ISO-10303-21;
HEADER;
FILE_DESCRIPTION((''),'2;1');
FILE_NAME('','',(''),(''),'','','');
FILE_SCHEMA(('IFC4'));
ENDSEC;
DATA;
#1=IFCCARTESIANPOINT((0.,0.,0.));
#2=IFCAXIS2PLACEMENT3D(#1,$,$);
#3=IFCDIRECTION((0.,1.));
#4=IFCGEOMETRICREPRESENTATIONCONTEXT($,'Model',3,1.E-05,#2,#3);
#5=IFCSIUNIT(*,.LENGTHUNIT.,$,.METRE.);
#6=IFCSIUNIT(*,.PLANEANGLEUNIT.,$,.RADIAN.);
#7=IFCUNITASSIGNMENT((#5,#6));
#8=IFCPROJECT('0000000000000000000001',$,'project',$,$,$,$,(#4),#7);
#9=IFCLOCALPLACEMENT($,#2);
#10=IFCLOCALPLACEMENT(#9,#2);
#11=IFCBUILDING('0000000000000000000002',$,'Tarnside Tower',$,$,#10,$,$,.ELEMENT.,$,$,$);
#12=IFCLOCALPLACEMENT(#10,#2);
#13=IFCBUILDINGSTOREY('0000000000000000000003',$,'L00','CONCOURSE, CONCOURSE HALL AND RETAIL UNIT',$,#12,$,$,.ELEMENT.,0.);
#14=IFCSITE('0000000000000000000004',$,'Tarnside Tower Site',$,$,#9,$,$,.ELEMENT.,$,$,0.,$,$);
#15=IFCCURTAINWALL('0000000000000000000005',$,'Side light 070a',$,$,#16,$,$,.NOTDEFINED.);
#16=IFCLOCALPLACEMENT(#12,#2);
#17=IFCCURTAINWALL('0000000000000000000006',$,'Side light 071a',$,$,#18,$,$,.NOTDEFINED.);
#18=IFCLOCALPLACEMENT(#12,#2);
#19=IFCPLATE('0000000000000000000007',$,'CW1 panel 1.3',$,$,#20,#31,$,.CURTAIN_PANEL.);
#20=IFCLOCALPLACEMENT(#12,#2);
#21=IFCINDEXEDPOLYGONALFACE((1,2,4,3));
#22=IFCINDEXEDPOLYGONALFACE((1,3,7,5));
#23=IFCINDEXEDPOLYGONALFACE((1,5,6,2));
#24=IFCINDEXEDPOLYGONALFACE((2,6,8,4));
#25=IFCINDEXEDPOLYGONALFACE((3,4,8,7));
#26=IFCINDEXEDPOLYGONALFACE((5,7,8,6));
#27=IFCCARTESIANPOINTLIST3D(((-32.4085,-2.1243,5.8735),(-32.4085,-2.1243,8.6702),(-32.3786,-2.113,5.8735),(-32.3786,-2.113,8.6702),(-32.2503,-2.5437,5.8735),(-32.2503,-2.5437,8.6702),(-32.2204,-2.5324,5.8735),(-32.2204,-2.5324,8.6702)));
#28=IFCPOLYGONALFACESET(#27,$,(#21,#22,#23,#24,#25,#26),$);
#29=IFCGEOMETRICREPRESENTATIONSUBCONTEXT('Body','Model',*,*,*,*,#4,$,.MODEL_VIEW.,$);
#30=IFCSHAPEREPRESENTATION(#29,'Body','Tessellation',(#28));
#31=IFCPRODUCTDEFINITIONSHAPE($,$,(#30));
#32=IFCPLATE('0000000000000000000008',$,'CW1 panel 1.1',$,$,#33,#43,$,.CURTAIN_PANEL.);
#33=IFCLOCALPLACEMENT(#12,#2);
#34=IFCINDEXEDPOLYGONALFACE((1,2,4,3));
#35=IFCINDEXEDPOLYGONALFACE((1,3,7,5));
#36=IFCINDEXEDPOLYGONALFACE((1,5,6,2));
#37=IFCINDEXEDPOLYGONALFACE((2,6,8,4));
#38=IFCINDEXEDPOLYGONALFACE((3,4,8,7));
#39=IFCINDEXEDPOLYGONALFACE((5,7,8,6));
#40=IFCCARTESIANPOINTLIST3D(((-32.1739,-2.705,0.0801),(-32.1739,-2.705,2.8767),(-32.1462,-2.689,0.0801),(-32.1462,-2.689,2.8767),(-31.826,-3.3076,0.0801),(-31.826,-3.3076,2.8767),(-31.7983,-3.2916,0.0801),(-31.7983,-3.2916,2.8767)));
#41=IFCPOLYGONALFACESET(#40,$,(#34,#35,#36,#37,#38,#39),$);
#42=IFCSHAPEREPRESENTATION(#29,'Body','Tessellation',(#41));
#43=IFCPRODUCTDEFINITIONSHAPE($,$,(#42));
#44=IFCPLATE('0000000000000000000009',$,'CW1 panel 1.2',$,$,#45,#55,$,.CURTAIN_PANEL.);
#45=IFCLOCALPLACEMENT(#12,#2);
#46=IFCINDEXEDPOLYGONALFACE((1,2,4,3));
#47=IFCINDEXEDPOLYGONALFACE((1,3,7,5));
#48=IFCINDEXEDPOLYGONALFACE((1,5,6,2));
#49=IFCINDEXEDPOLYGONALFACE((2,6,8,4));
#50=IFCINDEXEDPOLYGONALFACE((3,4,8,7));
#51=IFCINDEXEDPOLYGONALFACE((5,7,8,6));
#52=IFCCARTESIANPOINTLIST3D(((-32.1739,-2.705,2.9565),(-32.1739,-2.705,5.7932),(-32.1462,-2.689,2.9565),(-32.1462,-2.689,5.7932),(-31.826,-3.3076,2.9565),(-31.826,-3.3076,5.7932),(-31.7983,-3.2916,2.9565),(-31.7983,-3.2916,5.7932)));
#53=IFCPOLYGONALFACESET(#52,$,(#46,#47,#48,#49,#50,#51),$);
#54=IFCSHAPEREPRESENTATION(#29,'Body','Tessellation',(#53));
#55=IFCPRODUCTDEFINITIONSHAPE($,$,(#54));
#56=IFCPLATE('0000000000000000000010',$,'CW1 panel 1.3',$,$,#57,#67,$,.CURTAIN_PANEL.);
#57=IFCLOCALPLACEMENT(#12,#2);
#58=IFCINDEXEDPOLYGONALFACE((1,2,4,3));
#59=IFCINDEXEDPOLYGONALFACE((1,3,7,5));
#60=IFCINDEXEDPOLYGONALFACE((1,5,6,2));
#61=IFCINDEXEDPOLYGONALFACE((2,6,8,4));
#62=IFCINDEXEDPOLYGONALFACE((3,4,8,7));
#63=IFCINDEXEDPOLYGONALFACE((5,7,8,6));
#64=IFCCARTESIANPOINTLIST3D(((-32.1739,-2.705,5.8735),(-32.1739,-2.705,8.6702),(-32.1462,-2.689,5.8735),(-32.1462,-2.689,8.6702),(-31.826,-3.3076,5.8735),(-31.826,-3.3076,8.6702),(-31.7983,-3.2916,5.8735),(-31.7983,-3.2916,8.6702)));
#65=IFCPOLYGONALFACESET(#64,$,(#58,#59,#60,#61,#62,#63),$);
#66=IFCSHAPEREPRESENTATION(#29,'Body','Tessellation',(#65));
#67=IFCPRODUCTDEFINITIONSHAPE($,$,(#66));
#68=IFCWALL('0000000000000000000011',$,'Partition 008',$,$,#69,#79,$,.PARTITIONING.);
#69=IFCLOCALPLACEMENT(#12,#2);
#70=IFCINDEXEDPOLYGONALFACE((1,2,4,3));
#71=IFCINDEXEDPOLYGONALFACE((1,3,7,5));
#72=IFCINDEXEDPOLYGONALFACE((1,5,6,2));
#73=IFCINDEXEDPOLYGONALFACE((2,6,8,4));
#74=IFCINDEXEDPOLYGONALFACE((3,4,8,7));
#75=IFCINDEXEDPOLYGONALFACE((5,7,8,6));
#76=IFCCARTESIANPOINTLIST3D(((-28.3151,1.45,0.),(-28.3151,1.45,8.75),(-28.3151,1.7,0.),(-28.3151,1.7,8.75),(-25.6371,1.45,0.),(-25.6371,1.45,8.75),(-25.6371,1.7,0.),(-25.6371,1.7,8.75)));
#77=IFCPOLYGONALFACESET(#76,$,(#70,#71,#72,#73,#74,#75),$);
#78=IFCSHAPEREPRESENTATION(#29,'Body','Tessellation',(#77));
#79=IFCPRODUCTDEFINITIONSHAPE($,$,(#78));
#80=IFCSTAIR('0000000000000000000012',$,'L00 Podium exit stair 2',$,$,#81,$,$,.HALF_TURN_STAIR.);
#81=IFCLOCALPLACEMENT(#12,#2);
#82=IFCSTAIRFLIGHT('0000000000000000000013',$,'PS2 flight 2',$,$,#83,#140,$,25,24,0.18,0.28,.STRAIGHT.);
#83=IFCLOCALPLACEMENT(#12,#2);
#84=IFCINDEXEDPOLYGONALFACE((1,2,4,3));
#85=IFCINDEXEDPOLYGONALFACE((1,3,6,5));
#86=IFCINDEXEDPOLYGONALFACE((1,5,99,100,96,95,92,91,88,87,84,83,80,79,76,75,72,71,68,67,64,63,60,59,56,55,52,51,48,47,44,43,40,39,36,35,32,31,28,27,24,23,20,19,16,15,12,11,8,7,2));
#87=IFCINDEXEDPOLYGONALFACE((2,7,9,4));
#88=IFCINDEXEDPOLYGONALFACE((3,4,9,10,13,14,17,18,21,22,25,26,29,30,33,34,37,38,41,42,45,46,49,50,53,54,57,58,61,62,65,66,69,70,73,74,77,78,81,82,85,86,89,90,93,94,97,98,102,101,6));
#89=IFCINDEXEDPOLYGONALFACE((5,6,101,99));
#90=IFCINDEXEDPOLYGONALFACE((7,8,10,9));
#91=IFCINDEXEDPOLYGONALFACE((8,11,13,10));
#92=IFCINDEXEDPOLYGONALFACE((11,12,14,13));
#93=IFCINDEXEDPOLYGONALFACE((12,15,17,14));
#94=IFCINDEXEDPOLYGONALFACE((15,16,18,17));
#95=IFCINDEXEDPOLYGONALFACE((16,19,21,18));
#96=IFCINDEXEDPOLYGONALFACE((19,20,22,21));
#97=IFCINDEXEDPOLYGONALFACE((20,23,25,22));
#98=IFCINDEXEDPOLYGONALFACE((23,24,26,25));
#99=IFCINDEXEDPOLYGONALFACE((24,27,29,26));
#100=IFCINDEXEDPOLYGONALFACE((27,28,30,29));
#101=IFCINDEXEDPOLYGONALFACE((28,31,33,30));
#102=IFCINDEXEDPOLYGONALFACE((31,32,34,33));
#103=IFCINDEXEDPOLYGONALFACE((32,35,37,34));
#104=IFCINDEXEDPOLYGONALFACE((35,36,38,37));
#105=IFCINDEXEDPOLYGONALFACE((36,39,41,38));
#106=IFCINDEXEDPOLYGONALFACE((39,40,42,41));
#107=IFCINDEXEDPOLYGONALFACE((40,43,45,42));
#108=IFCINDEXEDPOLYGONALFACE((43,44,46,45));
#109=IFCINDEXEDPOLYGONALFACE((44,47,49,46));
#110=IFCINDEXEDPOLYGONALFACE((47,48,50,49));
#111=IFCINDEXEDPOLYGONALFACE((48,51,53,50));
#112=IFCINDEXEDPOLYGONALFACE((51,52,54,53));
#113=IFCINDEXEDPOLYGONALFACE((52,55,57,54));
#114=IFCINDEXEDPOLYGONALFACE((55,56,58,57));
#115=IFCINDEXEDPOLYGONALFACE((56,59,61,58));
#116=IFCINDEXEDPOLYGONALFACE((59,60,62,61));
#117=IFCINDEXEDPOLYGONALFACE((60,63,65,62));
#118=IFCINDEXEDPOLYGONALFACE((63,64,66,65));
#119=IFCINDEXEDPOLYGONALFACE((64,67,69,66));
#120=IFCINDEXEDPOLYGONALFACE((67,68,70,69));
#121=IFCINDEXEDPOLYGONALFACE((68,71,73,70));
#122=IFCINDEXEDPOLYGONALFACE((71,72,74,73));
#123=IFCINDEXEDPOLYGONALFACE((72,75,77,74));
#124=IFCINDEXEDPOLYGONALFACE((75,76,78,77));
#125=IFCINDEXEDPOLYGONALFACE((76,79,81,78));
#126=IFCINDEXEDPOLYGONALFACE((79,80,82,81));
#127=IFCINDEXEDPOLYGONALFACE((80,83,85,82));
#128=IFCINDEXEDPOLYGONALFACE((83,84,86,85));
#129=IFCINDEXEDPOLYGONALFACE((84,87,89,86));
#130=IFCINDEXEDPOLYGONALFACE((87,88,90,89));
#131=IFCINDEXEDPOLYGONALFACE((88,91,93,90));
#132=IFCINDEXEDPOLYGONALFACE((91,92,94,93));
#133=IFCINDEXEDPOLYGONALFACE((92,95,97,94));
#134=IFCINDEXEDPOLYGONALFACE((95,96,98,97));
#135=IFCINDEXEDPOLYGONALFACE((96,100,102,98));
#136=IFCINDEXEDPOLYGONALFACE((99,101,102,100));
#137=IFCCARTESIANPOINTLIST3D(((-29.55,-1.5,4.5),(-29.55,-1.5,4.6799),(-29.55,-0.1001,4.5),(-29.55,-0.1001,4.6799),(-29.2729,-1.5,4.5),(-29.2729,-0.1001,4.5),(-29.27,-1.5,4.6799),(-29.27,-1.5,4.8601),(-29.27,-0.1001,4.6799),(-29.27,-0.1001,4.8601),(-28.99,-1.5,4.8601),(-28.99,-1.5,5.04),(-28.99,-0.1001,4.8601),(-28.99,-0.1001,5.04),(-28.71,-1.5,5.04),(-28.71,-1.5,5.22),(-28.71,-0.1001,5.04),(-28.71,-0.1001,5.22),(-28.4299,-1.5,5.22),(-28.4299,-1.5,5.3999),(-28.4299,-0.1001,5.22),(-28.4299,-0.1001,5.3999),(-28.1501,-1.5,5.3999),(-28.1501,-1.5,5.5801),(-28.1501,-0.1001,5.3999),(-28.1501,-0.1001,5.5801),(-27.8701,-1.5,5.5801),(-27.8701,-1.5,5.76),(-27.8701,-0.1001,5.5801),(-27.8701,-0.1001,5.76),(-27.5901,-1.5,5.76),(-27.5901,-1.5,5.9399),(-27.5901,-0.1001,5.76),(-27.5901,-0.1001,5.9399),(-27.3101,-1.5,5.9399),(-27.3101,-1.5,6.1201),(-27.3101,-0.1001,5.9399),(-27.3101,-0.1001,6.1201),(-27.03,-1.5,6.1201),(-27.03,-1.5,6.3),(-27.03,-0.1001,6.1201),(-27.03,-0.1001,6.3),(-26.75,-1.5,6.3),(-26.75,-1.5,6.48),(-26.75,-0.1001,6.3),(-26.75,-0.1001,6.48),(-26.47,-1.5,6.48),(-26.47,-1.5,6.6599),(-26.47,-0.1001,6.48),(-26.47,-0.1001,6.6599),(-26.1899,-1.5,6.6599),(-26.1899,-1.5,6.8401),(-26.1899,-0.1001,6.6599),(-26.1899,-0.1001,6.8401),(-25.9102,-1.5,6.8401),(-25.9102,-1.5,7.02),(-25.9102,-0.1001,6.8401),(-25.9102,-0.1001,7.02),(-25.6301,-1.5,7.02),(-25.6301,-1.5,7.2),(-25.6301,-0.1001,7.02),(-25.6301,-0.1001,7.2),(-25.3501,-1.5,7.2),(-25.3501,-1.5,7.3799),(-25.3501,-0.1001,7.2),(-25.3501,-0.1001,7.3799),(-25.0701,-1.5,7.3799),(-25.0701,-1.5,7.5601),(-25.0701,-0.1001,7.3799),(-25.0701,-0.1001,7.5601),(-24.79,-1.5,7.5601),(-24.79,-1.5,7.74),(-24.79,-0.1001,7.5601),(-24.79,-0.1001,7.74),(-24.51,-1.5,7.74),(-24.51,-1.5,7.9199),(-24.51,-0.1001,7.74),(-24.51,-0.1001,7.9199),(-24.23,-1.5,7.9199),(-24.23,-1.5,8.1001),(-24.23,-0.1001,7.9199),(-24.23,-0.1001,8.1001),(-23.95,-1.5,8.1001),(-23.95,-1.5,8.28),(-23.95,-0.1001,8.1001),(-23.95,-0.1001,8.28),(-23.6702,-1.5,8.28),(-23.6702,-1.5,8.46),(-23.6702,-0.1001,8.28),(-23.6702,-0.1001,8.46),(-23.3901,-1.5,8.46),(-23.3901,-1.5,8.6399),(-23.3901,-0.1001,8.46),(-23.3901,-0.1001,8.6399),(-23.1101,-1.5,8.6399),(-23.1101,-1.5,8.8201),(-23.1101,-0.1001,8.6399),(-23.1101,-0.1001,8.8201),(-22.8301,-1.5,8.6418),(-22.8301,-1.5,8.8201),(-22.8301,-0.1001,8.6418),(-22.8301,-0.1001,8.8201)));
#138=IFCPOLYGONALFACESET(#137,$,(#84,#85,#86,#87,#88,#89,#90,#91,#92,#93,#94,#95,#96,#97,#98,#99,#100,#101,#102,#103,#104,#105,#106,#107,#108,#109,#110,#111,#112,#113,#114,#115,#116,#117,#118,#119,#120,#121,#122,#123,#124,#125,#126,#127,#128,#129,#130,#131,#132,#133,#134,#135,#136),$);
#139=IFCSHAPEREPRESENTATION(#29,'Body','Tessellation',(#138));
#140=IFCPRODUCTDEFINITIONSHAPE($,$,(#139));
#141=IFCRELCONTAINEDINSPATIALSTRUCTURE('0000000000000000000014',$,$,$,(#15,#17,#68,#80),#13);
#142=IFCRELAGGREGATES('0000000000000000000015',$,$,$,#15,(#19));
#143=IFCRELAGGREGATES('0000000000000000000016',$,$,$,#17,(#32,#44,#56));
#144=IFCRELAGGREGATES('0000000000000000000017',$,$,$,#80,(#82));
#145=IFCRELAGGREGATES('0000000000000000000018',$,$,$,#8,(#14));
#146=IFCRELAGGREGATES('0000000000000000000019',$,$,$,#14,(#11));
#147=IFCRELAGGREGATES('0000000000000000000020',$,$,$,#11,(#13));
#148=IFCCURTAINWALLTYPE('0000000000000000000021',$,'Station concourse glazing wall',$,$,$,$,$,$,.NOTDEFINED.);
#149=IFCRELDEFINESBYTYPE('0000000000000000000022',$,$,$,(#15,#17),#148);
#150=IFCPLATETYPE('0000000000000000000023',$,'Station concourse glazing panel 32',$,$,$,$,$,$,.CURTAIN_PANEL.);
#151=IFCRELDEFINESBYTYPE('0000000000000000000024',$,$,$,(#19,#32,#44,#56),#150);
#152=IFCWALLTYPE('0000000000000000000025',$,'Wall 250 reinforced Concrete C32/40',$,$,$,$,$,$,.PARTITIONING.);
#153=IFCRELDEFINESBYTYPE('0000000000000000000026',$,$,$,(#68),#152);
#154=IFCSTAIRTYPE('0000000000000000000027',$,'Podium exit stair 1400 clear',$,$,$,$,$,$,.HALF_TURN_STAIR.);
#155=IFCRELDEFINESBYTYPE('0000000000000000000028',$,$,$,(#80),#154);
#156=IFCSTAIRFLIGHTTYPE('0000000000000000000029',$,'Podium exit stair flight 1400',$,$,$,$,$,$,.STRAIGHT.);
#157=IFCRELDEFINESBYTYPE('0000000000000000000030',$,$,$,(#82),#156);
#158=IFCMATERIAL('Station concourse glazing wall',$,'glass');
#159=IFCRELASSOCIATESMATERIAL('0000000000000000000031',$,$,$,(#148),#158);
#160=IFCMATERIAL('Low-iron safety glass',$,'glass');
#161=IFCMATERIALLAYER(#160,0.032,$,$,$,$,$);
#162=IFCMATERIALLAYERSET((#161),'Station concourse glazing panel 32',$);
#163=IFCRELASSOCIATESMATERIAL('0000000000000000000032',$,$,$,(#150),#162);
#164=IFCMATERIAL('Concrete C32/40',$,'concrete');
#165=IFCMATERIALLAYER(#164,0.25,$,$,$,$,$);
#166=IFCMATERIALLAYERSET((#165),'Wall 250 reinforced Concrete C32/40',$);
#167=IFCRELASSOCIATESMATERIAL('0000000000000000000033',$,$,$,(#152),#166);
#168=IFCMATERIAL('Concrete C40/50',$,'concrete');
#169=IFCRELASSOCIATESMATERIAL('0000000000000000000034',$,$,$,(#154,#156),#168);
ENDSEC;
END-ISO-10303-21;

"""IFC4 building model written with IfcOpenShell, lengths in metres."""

from ifc_helpers import new_model, si_unit, direction, frame, frame_2d, origin, origin_2d, place, context, subcontext, project, spatial, polyline, rectangle, outline, extrude, material, layer, layer_set, type_object, element, aggregate, save


model = new_model("IFC4")

# Units and contexts
model_context = context("Model", 3, precision=1e-05, world=origin(), true_north=direction((0.0, 1.0)))
body_context = subcontext(model_context, "Body", "Model", "MODEL_VIEW")
ifc_project = project(units=[si_unit("LENGTHUNIT", "METRE"), si_unit("PLANEANGLEUNIT", "RADIAN")], contexts=[model_context])

# Site, building, storey
site_placement = place(None, origin())
site = spatial("IfcSite", under=ifc_project, at=site_placement, Name="Tarnside Tower Site", CompositionType="ELEMENT", RefElevation=0.0)
building_placement = place(site_placement, origin())
building = spatial("IfcBuilding", under=site, at=building_placement, Name="Tarnside Tower", CompositionType="ELEMENT")
storey_placement = place(building_placement, origin())
storey = spatial("IfcBuildingStorey", under=building, at=storey_placement, Name="L00", Description="CONCOURSE, CONCOURSE HALL AND RETAIL UNIT", CompositionType="ELEMENT", Elevation=0.0)

# Curtain walls
ifc_material_1 = material(Name="Station concourse glazing wall", Category="glass")
curtain_wall_type = type_object("IfcCurtainWallType", Name="Station concourse glazing wall", PredefinedType="NOTDEFINED", material=ifc_material_1)
curtain_wall_1_placement = place(storey_placement, origin())
curtain_wall_1 = element("IfcCurtainWall", 1, at=curtain_wall_1_placement, inside=storey, type_object=curtain_wall_type, Name="Side light 070a", PredefinedType="NOTDEFINED")
curtain_wall_2_placement = place(storey_placement, origin())
curtain_wall_2 = element("IfcCurtainWall", 2, at=curtain_wall_2_placement, inside=storey, type_object=curtain_wall_type, Name="Side light 071a", PredefinedType="NOTDEFINED")

# Plates
ifc_material_2 = material(Name="Low-iron safety glass", Category="glass")
ifc_layer_1 = layer(ifc_material_2, 0.032)
ifc_layer_set_1 = layer_set([ifc_layer_1], Name="Station concourse glazing panel 32")
plate_type = type_object("IfcPlateType", Name="Station concourse glazing panel 32", PredefinedType="CURTAIN_PANEL", material=ifc_layer_set_1)
plate_1_placement = place(storey_placement, frame((-32.3145, -2.3284, 5.8735), z_axis=(0.0, 0.0, 1.0), x_axis=(0.352931, -0.93565, 0.0)))
plate_1 = element("IfcPlate", 3, at=plate_1_placement, type_object=plate_type, Name="CW1 panel 1.3", PredefinedType="CURTAIN_PANEL", context=body_context, shape_type="SweptSolid", body=[
    extrude(rectangle(XDim=0.4482, YDim=0.032, at=origin_2d()), origin(), (0.0, 0.0, 1.0), 2.7966),
])
aggregate(curtain_wall_1, [plate_1])
plate_2_placement = place(storey_placement, frame((-31.9861, -2.9983, 0.0801), z_axis=(0.0, 0.0, 1.0), x_axis=(0.5, -0.866025, 0.0)))
plate_2 = element("IfcPlate", 4, at=plate_2_placement, type_object=plate_type, Name="CW1 panel 1.1", PredefinedType="CURTAIN_PANEL", context=body_context, shape_type="SweptSolid", body=[
    extrude(rectangle(XDim=0.6958, YDim=0.032, at=origin_2d()), origin(), (0.0, 0.0, 1.0), 2.7966),
])
plate_3_placement = place(storey_placement, frame((-31.9861, -2.9983, 2.9565), z_axis=(0.0, 0.0, 1.0), x_axis=(0.5, -0.866025, 0.0)))
plate_3 = element("IfcPlate", 5, at=plate_3_placement, type_object=plate_type, Name="CW1 panel 1.2", PredefinedType="CURTAIN_PANEL", context=body_context, shape_type="SweptSolid", body=[
    extrude(rectangle(XDim=0.6958, YDim=0.032, at=origin_2d()), origin(), (0.0, 0.0, 1.0), 2.8367),
])
plate_4_placement = place(storey_placement, frame((-31.9861, -2.9983, 5.8735), z_axis=(0.0, 0.0, 1.0), x_axis=(0.5, -0.866025, 0.0)))
plate_4 = element("IfcPlate", 6, at=plate_4_placement, type_object=plate_type, Name="CW1 panel 1.3", PredefinedType="CURTAIN_PANEL", context=body_context, shape_type="SweptSolid", body=[
    extrude(rectangle(XDim=0.6958, YDim=0.032, at=origin_2d()), origin(), (0.0, 0.0, 1.0), 2.7966),
])
aggregate(curtain_wall_2, [plate_2, plate_3, plate_4])

# Wall
ifc_material_3 = material(Name="Concrete C32/40", Category="concrete")
ifc_layer_2 = layer(ifc_material_3, 0.25)
ifc_layer_set_2 = layer_set([ifc_layer_2], Name="Wall 250 reinforced Concrete C32/40")
wall_type = type_object("IfcWallType", Name="Wall 250 reinforced Concrete C32/40", PredefinedType="PARTITIONING", material=ifc_layer_set_2)
wall_placement = place(storey_placement, frame((-28.3149, 1.575, 0.0), z_axis=(0.0, 0.0, 1.0), x_axis=(1.0, 0.0, 0.0)))
element("IfcWall", 7, at=wall_placement, inside=storey, type_object=wall_type, Name="Partition 008", PredefinedType="PARTITIONING", context=body_context, shape_type="SweptSolid", body=[
    extrude(rectangle(XDim=2.678, YDim=0.25, at=frame_2d((1.3389, 0.0))), origin(), (0.0, 0.0, 1.0), 8.75),
])

# Stair, stair flight
ifc_material_4 = material(Name="Concrete C40/50", Category="concrete")
stair_type = type_object("IfcStairType", Name="Podium exit stair 1400 clear", PredefinedType="HALF_TURN_STAIR", material=ifc_material_4)
stair_placement = place(storey_placement, origin())
stair = element("IfcStair", 8, at=stair_placement, inside=storey, type_object=stair_type, Name="L00 Podium exit stair 2", PredefinedType="HALF_TURN_STAIR")
stair_flight_type = type_object("IfcStairFlightType", Name="Podium exit stair flight 1400", PredefinedType="STRAIGHT", material=ifc_material_4)
stair_flight_placement = place(storey_placement, frame((-29.55, -0.8, 4.5), z_axis=(0.0, 0.0, 1.0), x_axis=(1.0, 0.0, 0.0)))
stair_flight = element("IfcStairFlight", 9, at=stair_flight_placement, type_object=stair_flight_type, Name="PS2 flight 2", NumberOfRisers=25, NumberOfTreads=24, PredefinedType="STRAIGHT", RiserHeight=0.18, TreadLength=0.28, context=body_context, shape_type="SweptSolid", body=[
    extrude(outline(polyline([(0.0, 0.0), (0.0, 0.1799), (0.28, 0.1799), (0.28, 0.3601), (0.5601, 0.3601), (0.5601, 0.54), (0.8401, 0.54), (0.8401, 0.72), (1.1201, 0.72), (1.1201, 0.8999), (1.3999, 0.8999), (1.3999, 1.0801), (1.6799, 1.0801), (1.6799, 1.26), (1.96, 1.26), (1.96, 1.4399), (2.24, 1.4399), (2.24, 1.6201), (2.52, 1.6201), (2.52, 1.8), (2.8, 1.8), (2.8, 1.98), (3.0801, 1.98), (3.0801, 2.1599), (3.3601, 2.1599), (3.3601, 2.3401), (3.6399, 2.3401), (3.6399, 2.52), (3.9199, 2.52), (3.9199, 2.7), (4.2, 2.7), (4.2, 2.8799), (4.48, 2.8799), (4.48, 3.0601), (4.76, 3.0601), (4.76, 3.24), (5.04, 3.24), (5.04, 3.4199), (5.3201, 3.4199), (5.3201, 3.6001), (5.6001, 3.6001), (5.6001, 3.78), (5.8799, 3.78), (5.8799, 3.96), (6.1599, 3.96), (6.1599, 4.1399), (6.4399, 4.1399), (6.4399, 4.3201), (6.72, 4.3201), (6.72, 4.5), (6.72, 4.1418), (0.2771, 0.0), (0.0, 0.0)])), frame((0.0, 0.7, 0.0), z_axis=(0.0, -1.0, 0.0), x_axis=(1.0, 0.0, 0.0)), (0.0, 0.0, 1.0), 1.3999),
])
aggregate(stair, [stair_flight])

save(model, "model.ifc")
